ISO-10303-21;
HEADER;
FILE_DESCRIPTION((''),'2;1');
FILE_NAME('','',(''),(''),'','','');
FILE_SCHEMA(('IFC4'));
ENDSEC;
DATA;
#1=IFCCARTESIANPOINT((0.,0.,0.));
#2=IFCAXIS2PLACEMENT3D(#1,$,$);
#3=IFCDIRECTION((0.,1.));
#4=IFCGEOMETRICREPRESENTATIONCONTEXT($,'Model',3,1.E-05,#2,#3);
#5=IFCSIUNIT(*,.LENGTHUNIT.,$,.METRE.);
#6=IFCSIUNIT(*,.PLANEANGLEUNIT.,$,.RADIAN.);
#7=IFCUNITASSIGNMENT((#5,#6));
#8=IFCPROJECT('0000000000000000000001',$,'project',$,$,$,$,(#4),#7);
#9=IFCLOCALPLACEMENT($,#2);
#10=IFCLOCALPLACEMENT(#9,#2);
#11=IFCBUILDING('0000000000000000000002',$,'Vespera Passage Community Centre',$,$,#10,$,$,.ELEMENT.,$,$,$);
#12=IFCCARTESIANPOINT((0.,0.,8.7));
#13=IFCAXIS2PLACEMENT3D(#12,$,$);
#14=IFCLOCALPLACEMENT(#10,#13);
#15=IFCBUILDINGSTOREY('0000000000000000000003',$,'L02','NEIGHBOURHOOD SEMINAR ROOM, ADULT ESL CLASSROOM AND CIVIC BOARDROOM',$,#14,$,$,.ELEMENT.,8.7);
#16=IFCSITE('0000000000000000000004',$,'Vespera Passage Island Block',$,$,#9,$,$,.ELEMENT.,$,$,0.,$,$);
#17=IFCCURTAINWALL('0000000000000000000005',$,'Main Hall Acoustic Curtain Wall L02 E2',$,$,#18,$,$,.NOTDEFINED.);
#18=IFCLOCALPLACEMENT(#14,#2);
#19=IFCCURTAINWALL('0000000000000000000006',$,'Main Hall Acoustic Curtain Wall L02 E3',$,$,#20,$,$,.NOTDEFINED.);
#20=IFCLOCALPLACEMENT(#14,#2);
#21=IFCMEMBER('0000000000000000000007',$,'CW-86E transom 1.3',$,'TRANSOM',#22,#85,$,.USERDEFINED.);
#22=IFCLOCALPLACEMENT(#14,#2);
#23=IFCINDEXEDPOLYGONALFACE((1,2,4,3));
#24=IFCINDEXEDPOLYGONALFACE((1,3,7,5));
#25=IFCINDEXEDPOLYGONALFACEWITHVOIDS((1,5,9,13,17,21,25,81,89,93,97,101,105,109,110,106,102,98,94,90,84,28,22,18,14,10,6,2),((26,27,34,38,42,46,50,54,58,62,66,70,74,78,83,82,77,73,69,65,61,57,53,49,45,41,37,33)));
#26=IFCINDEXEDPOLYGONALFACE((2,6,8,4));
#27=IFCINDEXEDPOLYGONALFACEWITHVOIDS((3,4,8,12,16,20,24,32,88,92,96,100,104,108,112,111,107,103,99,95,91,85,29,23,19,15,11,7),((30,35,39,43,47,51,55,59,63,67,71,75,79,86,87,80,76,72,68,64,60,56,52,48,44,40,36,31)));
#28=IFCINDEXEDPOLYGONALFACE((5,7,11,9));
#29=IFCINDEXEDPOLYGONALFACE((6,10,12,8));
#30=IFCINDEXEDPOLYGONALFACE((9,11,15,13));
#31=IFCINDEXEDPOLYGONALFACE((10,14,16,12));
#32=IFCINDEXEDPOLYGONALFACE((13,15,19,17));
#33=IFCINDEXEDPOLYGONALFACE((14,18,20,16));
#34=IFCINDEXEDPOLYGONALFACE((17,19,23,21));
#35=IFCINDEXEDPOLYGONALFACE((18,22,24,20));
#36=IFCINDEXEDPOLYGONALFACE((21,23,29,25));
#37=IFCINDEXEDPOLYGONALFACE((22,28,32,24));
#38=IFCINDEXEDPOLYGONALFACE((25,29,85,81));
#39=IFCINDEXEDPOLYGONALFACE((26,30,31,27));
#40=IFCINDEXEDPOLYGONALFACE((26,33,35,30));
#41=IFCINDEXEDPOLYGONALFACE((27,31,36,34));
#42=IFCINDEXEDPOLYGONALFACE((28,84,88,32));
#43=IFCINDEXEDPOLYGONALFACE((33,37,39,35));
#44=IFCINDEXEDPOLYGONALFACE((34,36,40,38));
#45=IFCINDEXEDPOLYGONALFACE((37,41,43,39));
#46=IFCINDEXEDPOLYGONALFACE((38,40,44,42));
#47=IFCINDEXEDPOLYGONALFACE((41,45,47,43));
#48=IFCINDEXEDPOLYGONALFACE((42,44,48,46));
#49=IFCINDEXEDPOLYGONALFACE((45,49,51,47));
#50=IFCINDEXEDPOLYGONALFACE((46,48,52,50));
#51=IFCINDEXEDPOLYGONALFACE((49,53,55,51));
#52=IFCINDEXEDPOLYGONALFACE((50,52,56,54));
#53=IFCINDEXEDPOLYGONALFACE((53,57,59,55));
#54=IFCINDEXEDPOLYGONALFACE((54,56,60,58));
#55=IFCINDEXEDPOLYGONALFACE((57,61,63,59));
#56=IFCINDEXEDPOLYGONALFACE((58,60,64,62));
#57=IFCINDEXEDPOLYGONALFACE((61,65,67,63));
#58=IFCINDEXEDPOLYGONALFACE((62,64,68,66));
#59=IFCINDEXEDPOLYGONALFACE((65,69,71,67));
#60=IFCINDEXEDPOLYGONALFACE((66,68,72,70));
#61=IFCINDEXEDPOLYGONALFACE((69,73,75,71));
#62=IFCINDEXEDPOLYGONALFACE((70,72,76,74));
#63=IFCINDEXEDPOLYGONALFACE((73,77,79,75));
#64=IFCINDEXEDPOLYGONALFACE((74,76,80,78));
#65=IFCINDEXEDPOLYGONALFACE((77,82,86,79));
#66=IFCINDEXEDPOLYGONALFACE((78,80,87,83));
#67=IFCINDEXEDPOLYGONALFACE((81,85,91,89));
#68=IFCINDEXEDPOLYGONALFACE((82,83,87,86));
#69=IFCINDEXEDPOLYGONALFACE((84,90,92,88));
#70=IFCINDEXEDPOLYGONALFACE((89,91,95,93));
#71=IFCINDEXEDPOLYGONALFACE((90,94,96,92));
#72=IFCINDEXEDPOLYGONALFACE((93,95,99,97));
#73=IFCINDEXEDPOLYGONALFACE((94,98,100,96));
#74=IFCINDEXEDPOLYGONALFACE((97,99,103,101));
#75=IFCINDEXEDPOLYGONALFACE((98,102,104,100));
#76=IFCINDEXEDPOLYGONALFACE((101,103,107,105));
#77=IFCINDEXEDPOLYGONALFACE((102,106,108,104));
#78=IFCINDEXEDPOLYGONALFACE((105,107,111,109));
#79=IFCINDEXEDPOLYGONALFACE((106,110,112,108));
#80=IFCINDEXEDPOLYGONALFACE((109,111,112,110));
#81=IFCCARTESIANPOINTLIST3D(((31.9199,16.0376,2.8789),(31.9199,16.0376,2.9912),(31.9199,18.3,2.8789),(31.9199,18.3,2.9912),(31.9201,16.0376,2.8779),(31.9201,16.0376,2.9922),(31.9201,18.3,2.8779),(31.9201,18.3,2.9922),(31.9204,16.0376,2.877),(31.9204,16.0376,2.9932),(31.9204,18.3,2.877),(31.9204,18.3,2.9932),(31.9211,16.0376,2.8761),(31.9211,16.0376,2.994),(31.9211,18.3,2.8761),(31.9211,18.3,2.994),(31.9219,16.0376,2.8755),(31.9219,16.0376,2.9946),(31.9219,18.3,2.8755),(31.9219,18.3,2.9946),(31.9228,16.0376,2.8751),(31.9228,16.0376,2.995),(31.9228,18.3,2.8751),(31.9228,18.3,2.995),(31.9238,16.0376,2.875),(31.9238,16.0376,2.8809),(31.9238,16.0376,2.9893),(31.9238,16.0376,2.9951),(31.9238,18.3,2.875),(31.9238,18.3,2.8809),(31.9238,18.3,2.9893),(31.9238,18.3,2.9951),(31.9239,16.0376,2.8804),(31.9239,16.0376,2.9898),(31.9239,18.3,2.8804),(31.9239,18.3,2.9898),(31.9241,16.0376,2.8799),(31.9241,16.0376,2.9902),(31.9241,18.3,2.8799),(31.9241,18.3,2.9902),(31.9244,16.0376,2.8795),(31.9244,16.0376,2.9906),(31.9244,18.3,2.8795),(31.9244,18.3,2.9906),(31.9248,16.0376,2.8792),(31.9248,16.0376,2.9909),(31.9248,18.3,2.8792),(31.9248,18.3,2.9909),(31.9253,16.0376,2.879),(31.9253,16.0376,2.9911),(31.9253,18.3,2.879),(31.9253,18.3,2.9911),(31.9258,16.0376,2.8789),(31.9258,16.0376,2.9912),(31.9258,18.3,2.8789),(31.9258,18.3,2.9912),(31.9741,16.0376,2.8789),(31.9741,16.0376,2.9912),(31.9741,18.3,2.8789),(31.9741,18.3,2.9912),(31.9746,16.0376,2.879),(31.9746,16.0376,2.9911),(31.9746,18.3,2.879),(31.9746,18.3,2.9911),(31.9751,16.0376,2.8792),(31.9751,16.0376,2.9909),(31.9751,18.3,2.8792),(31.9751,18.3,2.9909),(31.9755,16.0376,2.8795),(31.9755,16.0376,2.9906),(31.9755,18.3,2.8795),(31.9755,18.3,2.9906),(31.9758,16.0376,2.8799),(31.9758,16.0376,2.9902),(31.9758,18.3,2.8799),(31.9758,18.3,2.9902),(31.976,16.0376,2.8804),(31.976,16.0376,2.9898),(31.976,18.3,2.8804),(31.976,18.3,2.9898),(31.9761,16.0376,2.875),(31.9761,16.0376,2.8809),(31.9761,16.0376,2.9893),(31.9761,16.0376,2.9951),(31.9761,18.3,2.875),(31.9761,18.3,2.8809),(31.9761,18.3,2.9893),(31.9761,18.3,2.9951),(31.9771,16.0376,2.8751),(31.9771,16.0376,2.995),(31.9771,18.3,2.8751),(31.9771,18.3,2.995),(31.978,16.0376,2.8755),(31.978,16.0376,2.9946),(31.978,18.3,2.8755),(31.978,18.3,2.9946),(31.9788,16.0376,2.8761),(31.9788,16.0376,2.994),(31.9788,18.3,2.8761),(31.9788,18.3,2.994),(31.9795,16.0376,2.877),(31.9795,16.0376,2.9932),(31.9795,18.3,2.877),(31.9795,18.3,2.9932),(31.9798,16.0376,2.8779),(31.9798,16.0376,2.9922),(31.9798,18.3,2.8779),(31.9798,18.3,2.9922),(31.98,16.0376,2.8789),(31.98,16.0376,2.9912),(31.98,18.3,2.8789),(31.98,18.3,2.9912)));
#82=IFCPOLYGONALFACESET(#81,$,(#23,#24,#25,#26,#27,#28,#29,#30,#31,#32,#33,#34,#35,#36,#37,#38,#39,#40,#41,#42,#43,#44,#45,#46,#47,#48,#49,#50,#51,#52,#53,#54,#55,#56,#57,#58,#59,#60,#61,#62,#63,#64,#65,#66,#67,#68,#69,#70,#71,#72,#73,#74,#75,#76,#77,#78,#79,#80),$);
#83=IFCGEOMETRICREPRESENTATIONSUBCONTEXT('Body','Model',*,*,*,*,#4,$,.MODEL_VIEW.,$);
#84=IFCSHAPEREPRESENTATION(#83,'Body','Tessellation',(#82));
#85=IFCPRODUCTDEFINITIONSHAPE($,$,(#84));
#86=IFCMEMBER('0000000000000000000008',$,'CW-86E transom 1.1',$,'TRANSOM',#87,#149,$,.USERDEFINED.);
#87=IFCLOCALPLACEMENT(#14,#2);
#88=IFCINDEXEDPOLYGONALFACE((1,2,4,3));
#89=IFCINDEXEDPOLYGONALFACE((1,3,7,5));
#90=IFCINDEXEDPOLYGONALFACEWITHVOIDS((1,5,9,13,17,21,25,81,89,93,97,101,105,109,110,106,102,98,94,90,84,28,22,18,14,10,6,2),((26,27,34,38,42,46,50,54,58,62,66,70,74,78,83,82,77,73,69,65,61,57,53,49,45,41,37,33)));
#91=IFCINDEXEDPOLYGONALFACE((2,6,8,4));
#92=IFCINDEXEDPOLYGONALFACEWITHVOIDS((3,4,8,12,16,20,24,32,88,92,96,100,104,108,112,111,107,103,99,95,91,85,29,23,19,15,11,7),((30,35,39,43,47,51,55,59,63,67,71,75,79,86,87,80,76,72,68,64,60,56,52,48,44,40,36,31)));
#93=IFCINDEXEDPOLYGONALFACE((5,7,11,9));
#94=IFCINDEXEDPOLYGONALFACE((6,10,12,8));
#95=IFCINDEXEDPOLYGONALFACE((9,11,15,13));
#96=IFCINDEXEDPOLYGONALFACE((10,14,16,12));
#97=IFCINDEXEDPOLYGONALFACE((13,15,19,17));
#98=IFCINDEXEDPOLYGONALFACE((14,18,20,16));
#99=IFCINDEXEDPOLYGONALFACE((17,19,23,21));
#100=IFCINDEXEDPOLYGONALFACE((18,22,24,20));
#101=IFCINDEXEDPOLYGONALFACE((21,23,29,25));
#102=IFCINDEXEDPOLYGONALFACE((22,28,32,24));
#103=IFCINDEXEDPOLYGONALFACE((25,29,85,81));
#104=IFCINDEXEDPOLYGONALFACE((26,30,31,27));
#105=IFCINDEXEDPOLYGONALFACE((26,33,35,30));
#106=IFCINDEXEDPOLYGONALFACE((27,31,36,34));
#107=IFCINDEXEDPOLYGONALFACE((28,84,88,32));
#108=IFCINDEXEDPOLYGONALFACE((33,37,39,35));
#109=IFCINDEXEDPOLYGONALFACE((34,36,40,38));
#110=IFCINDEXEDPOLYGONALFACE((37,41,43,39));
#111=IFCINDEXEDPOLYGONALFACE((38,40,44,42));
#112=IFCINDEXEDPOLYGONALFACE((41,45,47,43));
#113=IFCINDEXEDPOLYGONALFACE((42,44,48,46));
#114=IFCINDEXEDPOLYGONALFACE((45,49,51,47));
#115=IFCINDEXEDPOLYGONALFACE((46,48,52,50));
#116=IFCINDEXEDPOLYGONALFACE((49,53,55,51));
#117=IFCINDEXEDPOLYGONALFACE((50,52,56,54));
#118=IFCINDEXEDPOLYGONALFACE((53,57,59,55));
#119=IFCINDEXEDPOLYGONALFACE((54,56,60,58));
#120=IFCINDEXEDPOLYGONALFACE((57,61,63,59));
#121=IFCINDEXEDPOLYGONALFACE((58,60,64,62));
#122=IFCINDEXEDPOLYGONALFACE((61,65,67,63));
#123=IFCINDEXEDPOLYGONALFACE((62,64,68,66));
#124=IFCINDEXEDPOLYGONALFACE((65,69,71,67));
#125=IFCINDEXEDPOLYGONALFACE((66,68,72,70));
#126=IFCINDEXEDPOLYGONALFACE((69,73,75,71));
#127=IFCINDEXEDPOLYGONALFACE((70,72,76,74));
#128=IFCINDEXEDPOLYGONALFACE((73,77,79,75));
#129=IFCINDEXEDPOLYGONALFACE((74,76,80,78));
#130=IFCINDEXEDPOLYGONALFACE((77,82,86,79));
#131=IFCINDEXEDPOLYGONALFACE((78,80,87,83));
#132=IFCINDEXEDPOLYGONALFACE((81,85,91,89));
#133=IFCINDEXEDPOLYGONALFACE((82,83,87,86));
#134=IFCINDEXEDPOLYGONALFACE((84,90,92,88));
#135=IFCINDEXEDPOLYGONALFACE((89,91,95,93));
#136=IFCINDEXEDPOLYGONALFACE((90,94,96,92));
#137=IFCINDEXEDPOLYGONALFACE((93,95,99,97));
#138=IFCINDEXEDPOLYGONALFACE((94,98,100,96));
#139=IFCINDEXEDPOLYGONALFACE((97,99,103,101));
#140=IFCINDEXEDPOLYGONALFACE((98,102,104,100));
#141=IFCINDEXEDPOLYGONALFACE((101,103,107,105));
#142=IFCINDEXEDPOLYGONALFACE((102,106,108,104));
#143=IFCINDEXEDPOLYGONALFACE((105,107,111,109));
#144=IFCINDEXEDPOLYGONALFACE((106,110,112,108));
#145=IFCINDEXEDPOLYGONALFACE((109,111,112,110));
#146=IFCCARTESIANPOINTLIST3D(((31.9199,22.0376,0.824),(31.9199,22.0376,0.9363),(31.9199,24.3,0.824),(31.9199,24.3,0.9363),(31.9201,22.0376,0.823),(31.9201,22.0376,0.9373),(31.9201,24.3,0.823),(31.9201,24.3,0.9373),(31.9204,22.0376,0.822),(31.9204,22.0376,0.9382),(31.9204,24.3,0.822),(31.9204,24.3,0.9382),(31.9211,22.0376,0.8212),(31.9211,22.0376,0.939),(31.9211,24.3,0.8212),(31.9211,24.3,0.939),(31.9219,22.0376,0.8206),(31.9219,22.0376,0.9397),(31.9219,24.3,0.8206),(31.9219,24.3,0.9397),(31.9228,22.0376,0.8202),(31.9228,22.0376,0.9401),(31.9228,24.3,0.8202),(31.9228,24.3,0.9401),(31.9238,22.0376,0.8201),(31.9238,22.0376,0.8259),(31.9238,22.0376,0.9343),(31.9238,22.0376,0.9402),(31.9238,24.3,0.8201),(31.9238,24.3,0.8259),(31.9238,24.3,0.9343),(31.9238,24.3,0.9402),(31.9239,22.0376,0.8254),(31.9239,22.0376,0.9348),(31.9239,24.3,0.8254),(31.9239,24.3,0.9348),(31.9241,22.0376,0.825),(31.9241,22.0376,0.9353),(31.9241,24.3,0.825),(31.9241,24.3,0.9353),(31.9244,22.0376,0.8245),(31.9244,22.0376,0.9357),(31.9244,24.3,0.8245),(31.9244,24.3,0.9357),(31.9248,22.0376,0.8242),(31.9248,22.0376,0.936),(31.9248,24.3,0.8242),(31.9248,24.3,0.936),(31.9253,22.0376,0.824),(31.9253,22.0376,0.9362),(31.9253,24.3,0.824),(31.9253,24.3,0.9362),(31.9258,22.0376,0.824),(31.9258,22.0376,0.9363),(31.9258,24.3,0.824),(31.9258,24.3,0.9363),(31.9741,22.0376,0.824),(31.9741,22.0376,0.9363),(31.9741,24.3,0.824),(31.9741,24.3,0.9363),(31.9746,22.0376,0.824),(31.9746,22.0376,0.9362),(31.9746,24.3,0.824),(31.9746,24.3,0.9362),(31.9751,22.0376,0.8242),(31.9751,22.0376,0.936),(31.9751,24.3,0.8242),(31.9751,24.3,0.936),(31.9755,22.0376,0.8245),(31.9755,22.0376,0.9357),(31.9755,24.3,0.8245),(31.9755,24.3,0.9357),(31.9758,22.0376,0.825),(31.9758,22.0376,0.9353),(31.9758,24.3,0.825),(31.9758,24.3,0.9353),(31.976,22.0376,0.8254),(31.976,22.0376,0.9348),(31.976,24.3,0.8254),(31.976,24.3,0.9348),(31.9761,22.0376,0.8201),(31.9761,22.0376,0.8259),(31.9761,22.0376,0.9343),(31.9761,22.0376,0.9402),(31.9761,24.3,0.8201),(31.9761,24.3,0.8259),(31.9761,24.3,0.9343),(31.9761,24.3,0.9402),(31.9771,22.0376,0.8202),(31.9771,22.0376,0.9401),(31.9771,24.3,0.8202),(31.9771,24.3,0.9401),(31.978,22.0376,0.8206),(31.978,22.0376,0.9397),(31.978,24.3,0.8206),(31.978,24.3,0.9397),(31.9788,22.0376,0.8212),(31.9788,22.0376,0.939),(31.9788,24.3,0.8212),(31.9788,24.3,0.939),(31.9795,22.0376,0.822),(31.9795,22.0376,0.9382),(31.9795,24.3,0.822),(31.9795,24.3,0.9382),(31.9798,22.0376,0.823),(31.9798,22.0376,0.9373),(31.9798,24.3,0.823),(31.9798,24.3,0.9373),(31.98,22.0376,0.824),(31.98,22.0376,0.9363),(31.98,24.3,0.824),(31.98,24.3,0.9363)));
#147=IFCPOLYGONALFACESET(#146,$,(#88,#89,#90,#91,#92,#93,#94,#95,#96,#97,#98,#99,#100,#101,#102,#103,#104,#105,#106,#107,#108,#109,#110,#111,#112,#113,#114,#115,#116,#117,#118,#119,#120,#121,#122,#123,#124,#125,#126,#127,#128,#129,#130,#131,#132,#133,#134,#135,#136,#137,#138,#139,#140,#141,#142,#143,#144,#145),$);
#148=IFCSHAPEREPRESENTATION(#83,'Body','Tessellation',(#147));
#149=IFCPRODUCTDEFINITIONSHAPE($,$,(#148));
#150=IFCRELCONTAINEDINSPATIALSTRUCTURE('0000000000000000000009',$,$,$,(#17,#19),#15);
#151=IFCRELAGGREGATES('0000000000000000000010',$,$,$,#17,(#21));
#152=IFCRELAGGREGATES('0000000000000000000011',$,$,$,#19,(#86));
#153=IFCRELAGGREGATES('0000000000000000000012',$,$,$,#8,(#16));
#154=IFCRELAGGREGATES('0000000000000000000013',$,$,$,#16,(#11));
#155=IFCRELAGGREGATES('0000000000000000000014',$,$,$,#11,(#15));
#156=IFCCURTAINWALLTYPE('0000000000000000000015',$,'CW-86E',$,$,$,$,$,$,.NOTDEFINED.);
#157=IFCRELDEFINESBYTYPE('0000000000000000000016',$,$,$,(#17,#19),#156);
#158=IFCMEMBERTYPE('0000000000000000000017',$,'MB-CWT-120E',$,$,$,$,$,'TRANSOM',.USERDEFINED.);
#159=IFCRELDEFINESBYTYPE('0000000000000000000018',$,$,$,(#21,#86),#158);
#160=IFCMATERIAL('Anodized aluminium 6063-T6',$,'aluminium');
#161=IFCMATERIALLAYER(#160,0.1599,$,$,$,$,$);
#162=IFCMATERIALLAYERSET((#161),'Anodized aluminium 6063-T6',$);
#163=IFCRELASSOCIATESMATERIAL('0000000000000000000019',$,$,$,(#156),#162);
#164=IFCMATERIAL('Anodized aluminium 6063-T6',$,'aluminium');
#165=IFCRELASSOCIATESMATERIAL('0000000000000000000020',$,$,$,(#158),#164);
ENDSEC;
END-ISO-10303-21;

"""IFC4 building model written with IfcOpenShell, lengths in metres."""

from ifc_helpers import new_model, si_unit, direction, frame, origin, origin_2d, place, context, subcontext, project, spatial, hollow_rectangle, extrude, material, layer, layer_set, material_profile, profile_set, type_object, element, aggregate, save


model = new_model("IFC4")

# Units and contexts
model_context = context("Model", 3, precision=1e-05, world=origin(), true_north=direction((0.0, 1.0)))
body_context = subcontext(model_context, "Body", "Model", "MODEL_VIEW")
ifc_project = project(units=[si_unit("LENGTHUNIT", "METRE"), si_unit("PLANEANGLEUNIT", "RADIAN")], contexts=[model_context])

# Site, building, storey
site_placement = place(None, origin())
site = spatial("IfcSite", under=ifc_project, at=site_placement, Name="Vespera Passage Island Block", CompositionType="ELEMENT", RefElevation=0.0)
building_placement = place(site_placement, origin())
building = spatial("IfcBuilding", under=site, at=building_placement, Name="Vespera Passage Community Centre", CompositionType="ELEMENT")
storey_placement = place(building_placement, frame((0.0, 0.0, 8.7)))
storey = spatial("IfcBuildingStorey", under=building, at=storey_placement, Name="L02", Description="NEIGHBOURHOOD SEMINAR ROOM, ADULT ESL CLASSROOM AND CIVIC BOARDROOM", CompositionType="ELEMENT", Elevation=8.7)

# Curtain wall
ifc_material_1 = material(Name="Anodized aluminium 6063-T6", Category="aluminium")
ifc_layer_1 = layer(ifc_material_1, 0.1599)
ifc_layer_set_1 = layer_set([ifc_layer_1], Name="Anodized aluminium 6063-T6")
curtain_wall_type = type_object("IfcCurtainWallType", Name="CW-86E", PredefinedType="NOTDEFINED", material=ifc_layer_set_1)
curtain_wall_1_placement = place(storey_placement, origin())
curtain_wall_1 = element("IfcCurtainWall", 1, at=curtain_wall_1_placement, inside=storey, type_object=curtain_wall_type, Name="Main Hall Acoustic Curtain Wall L02 E2", PredefinedType="NOTDEFINED")

# Curtain wall
curtain_wall_2_placement = place(storey_placement, origin())
curtain_wall_2 = element("IfcCurtainWall", 2, at=curtain_wall_2_placement, inside=storey, type_object=curtain_wall_type, Name="Main Hall Acoustic Curtain Wall L02 E3", PredefinedType="NOTDEFINED")

# Members
ifc_material_2 = material(Name="Anodized aluminium 6063-T6", Category="aluminium")
ifc_material_profile_1 = material_profile(ifc_material_2, hollow_rectangle(XDim=0.0601, YDim=0.1201, WallThickness=0.0039, InnerFilletRadius=0.002, OuterFilletRadius=0.0039, at=origin_2d()), Name="ALU120X60X4")
ifc_profile_set_1 = profile_set([ifc_material_profile_1], Name="Anodized aluminium 6063-T6")
member_type_1 = type_object("IfcMemberType", Name="MB-CWT-120E", ElementType="TRANSOM", PredefinedType="USERDEFINED", material=ifc_profile_set_1)
member_1_placement = place(storey_placement, frame((31.95, 18.3, 2.9351), z_axis=(0.0, -1.0, 0.0), x_axis=(1.0, 0.0, 0.0)))
member_1 = element("IfcMember", 3, at=member_1_placement, type_object=member_type_1, Name="CW-86E transom 1.3", ObjectType="TRANSOM", PredefinedType="USERDEFINED", context=body_context, shape_type="SweptSolid", body=[
    extrude(hollow_rectangle(XDim=0.0601, YDim=0.1201, WallThickness=0.0039, InnerFilletRadius=0.002, OuterFilletRadius=0.0039, at=origin_2d()), origin(), (0.0, 0.0, 1.0), 2.2625),
])
member_2_placement = place(storey_placement, frame((31.95, 24.3, 0.8801), z_axis=(0.0, -1.0, 0.0), x_axis=(1.0, 0.0, 0.0)))
member_2 = element("IfcMember", 4, at=member_2_placement, type_object=member_type_1, Name="CW-86E transom 1.1", ObjectType="TRANSOM", PredefinedType="USERDEFINED", context=body_context, shape_type="SweptSolid", body=[
    extrude(hollow_rectangle(XDim=0.0601, YDim=0.1201, WallThickness=0.0039, InnerFilletRadius=0.002, OuterFilletRadius=0.0039, at=origin_2d()), origin(), (0.0, 0.0, 1.0), 2.2625),
])

aggregate(curtain_wall_1, [member_1])
aggregate(curtain_wall_2, [member_2])

save(model, "model.ifc")
